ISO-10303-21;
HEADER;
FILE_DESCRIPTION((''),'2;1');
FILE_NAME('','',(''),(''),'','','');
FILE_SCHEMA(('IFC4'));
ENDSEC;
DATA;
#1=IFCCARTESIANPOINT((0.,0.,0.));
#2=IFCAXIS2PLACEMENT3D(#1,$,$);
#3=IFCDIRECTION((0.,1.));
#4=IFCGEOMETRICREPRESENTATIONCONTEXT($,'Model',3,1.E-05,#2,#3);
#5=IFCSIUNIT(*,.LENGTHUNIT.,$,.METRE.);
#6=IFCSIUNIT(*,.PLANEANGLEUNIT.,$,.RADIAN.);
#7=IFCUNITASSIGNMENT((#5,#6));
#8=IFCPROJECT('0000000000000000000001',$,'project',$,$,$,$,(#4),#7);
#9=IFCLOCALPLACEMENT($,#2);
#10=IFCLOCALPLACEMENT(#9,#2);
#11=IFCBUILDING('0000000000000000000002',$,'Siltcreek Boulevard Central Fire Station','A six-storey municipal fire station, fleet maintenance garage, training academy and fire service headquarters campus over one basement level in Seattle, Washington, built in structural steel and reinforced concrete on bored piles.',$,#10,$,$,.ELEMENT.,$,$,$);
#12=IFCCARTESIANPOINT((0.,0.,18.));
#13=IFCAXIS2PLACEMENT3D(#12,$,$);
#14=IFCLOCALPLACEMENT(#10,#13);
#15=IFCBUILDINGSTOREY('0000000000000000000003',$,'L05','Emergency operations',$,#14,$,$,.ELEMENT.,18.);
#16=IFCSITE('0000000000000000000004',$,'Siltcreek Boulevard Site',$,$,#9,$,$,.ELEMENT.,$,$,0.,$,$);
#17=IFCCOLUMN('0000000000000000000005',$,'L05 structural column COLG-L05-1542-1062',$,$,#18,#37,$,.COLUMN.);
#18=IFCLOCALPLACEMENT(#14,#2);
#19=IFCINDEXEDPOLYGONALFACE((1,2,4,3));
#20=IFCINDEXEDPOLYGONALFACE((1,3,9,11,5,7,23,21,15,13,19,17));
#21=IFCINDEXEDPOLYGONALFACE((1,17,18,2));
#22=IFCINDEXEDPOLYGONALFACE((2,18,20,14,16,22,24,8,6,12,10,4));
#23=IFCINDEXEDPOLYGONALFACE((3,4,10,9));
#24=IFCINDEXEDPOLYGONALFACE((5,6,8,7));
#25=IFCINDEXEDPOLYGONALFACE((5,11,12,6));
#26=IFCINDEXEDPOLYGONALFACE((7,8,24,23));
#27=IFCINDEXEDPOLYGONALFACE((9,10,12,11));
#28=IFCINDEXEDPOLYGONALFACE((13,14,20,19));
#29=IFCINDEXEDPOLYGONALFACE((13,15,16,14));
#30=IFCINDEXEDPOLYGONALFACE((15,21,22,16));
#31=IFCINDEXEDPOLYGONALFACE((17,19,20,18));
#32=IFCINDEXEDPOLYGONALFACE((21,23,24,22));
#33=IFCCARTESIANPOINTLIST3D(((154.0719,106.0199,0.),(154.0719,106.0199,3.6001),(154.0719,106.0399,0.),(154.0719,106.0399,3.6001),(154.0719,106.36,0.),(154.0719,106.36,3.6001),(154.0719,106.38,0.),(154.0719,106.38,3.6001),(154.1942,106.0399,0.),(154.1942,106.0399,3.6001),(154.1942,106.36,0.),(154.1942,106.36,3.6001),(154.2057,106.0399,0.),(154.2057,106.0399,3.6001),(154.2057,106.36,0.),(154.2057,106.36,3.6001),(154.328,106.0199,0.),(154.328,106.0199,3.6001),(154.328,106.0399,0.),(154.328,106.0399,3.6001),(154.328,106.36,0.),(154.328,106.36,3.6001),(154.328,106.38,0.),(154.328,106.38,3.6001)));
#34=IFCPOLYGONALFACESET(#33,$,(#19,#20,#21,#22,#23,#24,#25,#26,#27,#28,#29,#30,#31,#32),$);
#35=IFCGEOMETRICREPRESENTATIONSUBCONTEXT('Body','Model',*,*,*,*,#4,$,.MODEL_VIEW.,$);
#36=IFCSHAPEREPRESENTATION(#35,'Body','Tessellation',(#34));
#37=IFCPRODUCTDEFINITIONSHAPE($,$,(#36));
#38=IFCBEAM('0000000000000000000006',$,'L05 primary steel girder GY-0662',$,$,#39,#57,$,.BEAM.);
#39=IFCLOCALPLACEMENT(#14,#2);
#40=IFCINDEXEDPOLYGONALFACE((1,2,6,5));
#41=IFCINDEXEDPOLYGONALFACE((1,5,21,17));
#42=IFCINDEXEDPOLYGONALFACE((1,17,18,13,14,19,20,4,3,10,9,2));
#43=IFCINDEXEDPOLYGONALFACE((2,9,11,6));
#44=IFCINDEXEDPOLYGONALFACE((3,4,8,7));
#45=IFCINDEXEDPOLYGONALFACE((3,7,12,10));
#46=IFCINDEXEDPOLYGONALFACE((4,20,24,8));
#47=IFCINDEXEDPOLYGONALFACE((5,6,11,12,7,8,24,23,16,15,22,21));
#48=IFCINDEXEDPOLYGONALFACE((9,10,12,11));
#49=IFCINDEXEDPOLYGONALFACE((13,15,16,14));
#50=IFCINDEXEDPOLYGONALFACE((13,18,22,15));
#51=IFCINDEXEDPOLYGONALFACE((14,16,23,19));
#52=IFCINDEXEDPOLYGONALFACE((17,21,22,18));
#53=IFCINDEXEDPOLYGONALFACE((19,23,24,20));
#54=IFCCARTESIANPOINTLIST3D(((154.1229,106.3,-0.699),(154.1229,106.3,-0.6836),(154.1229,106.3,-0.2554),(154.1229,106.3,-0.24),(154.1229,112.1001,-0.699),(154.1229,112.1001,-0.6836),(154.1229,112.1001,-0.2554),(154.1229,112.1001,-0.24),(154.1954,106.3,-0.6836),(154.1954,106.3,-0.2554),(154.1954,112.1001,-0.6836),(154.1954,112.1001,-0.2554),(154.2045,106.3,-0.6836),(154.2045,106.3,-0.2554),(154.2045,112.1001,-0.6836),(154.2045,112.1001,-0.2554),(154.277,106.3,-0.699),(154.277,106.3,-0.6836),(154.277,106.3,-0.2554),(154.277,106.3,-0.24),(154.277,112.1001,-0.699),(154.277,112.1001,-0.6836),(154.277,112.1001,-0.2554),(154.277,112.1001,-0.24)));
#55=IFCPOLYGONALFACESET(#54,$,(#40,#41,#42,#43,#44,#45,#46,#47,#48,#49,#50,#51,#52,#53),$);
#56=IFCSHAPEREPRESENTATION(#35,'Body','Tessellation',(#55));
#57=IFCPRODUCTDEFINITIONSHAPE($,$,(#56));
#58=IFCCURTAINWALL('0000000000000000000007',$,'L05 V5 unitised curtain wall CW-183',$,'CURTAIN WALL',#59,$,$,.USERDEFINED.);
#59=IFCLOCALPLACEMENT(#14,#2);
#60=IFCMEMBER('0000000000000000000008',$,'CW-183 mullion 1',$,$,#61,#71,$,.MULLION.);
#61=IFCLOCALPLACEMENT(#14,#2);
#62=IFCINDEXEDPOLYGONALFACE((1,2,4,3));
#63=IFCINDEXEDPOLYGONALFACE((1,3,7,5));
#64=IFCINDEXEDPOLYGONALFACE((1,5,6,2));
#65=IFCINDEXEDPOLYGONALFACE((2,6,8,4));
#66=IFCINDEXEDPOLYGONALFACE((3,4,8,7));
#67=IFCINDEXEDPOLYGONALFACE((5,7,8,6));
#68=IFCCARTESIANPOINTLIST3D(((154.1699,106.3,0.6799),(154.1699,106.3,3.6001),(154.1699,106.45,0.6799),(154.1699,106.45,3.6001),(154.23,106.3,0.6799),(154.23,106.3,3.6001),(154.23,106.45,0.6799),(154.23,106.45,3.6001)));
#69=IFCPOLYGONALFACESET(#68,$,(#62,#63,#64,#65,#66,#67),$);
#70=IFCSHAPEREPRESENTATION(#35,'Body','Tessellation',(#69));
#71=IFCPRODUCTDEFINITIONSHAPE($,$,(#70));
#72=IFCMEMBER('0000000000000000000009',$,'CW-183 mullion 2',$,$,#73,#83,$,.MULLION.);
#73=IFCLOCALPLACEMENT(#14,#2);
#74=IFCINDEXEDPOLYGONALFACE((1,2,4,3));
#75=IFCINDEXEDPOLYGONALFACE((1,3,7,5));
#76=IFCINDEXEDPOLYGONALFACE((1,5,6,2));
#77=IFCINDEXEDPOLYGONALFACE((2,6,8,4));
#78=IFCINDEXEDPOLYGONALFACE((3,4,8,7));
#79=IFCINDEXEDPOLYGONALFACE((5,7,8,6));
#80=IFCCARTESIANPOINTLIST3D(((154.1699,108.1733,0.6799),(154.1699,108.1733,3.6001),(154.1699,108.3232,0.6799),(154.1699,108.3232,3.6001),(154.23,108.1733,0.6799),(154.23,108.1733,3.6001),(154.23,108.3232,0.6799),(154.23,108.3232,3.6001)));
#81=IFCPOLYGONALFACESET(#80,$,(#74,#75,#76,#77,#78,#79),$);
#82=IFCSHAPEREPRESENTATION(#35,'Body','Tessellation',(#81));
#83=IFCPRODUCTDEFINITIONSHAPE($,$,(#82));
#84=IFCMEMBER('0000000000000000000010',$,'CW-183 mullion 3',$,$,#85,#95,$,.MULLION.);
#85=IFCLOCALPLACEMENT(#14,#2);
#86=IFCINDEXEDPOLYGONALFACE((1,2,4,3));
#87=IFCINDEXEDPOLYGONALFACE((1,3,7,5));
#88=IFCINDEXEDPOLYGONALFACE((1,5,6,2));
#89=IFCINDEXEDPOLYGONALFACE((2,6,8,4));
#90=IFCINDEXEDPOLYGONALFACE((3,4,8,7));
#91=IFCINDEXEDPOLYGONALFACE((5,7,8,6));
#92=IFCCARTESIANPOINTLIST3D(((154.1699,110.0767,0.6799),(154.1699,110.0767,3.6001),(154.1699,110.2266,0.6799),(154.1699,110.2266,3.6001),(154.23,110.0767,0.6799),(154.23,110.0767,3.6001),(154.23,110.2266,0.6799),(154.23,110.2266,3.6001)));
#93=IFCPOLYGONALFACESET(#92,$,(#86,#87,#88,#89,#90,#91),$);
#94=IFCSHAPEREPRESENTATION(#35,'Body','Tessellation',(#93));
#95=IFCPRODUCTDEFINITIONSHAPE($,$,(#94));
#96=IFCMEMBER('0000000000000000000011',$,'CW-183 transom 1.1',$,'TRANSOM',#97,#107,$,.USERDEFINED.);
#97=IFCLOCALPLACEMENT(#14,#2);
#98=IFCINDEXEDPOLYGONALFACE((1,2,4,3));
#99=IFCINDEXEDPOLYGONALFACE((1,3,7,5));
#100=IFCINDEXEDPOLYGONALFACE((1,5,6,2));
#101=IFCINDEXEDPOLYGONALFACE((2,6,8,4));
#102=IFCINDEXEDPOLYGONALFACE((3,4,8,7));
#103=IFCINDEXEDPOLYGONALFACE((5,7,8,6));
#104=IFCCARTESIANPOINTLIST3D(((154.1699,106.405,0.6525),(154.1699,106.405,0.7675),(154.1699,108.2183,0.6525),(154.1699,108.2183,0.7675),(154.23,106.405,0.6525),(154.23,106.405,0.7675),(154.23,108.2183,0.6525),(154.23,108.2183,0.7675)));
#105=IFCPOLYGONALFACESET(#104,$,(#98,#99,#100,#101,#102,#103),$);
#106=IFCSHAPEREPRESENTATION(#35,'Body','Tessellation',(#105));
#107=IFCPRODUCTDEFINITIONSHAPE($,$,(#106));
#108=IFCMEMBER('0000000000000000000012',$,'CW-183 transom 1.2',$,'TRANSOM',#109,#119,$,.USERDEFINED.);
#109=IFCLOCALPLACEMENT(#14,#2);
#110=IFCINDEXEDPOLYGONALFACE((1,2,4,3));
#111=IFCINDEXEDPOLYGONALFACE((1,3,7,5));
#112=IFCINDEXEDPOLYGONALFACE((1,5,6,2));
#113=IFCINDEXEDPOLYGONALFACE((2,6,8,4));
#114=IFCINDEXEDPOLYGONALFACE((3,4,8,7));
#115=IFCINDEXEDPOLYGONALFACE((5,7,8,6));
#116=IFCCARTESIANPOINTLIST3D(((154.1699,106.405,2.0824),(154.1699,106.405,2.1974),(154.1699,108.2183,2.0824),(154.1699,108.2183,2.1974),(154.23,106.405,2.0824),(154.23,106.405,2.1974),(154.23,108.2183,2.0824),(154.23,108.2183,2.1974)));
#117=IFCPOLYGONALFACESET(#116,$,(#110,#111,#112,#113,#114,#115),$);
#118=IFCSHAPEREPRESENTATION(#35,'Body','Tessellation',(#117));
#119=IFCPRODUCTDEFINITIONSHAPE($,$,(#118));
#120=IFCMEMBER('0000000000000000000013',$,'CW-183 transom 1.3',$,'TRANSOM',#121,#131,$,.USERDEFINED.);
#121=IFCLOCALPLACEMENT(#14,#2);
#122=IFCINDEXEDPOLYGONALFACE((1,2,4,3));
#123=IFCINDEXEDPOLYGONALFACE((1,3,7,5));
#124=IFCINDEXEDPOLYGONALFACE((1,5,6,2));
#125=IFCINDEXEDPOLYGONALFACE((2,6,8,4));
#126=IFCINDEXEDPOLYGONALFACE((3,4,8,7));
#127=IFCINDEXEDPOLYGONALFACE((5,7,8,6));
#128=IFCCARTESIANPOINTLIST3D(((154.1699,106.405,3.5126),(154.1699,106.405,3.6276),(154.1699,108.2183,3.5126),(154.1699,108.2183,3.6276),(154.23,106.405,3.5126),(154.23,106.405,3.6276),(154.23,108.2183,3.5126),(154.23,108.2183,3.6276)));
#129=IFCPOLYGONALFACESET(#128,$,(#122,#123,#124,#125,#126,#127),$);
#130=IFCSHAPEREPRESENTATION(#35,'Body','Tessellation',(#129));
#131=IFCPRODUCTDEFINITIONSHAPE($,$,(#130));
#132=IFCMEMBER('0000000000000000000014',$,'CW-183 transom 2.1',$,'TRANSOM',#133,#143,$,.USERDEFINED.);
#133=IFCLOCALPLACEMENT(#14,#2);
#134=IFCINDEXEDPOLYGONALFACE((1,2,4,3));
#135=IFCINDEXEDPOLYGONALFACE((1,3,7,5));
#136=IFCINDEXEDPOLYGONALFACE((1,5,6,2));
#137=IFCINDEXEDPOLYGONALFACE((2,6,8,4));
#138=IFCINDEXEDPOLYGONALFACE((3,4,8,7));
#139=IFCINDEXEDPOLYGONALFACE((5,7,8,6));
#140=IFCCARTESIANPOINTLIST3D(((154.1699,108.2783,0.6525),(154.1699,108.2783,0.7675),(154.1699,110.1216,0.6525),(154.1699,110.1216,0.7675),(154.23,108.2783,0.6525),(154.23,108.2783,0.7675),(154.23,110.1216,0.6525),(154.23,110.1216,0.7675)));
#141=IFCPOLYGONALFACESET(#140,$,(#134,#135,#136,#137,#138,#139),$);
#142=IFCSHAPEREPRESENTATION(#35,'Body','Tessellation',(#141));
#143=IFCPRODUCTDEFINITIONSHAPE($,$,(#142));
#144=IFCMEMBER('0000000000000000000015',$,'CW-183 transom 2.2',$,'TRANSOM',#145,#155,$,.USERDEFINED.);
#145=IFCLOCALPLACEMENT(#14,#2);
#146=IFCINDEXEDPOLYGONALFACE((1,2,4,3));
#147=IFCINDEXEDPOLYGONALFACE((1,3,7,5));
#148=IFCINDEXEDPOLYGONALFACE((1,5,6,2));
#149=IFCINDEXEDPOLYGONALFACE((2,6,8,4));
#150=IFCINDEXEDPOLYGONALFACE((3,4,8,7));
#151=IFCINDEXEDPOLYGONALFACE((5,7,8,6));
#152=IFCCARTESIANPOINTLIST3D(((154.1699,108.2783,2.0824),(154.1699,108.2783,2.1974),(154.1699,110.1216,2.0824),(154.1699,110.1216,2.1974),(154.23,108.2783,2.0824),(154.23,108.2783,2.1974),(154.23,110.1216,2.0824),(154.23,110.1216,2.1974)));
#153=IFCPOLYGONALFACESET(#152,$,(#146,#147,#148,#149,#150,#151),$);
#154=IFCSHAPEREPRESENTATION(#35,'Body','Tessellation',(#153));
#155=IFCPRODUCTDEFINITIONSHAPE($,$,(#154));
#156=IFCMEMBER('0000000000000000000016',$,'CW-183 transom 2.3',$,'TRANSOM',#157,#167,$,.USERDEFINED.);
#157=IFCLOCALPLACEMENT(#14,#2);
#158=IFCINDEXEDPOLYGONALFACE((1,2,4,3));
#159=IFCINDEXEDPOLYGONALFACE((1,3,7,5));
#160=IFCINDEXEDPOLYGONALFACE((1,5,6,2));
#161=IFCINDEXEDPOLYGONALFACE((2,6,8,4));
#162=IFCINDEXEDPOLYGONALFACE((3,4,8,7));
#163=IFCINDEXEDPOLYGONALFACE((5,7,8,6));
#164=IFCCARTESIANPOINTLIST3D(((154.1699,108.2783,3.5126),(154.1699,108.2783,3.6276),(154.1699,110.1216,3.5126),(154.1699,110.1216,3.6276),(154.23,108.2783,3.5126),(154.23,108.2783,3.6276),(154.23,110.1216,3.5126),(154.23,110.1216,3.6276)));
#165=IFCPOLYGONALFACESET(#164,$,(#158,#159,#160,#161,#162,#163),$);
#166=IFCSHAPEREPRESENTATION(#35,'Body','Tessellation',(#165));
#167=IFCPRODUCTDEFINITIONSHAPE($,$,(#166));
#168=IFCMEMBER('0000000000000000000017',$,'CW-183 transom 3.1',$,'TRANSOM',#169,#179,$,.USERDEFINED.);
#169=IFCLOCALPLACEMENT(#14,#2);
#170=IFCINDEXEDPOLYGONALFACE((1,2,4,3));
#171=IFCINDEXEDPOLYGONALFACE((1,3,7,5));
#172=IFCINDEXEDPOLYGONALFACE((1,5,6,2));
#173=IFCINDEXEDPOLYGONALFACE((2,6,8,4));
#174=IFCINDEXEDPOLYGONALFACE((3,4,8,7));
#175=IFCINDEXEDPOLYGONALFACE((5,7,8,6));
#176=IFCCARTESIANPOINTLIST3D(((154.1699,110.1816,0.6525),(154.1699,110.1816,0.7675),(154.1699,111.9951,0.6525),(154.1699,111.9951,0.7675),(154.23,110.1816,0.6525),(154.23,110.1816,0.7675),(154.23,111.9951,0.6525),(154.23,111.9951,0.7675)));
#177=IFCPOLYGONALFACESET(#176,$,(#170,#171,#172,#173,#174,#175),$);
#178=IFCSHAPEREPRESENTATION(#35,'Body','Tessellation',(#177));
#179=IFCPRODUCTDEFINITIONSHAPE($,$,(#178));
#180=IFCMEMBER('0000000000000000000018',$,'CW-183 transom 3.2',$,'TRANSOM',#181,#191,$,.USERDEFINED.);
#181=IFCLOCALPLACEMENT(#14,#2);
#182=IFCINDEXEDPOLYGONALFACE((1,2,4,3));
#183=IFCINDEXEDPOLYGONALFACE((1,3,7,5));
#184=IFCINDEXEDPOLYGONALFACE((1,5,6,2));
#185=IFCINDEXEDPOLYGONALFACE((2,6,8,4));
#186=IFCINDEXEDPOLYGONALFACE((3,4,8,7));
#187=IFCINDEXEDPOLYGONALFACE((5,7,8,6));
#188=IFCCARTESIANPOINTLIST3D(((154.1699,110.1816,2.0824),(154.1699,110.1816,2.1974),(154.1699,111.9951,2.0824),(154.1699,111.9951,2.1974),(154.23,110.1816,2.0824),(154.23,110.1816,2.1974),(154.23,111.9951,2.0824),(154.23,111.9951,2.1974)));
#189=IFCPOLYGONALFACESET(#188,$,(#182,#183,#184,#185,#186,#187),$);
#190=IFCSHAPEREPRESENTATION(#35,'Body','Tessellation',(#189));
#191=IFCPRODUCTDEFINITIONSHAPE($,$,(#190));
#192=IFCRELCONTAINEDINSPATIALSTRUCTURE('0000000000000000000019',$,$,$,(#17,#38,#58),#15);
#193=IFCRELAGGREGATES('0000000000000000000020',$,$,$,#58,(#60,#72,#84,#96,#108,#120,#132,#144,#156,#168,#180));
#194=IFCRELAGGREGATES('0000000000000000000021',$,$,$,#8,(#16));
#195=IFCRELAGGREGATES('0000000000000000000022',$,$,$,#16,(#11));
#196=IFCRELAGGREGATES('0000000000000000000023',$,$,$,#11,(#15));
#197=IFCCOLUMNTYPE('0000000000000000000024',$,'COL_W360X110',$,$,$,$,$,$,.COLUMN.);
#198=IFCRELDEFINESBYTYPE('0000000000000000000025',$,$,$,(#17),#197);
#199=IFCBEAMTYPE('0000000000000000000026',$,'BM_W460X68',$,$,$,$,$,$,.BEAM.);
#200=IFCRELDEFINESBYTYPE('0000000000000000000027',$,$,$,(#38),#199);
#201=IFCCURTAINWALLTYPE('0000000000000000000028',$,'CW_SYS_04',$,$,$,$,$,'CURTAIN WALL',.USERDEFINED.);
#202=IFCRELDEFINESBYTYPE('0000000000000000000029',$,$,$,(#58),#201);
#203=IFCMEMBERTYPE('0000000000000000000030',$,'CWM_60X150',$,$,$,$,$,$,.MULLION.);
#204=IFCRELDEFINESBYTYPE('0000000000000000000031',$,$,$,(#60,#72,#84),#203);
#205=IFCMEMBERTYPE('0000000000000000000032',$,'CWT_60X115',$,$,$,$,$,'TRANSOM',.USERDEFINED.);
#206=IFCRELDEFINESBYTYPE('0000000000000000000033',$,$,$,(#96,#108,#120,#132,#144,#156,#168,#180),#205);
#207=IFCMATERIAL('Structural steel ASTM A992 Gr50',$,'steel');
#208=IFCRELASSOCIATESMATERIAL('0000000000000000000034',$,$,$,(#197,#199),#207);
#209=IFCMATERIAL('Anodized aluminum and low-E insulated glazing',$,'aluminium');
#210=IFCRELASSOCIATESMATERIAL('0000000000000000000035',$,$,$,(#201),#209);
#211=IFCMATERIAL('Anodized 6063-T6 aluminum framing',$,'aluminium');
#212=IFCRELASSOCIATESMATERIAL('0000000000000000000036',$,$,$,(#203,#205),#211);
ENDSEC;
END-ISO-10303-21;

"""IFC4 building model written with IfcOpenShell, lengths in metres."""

from ifc_helpers import new_model, si_unit, direction, frame, origin, origin_2d, place, context, subcontext, project, spatial, rectangle, i_section, extrude, material, material_profile, profile_set, type_object, element, aggregate, save


model = new_model("IFC4")

# Units and contexts
model_context = context("Model", 3, precision=1e-05, world=origin(), true_north=direction((0.0, 1.0)))
body_context = subcontext(model_context, "Body", "Model", "MODEL_VIEW")
ifc_project = project(units=[si_unit("LENGTHUNIT", "METRE"), si_unit("PLANEANGLEUNIT", "RADIAN")], contexts=[model_context])

# Site, building, storey
site_placement = place(None, origin())
site = spatial("IfcSite", under=ifc_project, at=site_placement, Name="Siltcreek Boulevard Site", CompositionType="ELEMENT", RefElevation=0.0)
building_placement = place(site_placement, origin())
building = spatial("IfcBuilding", under=site, at=building_placement, Name="Siltcreek Boulevard Central Fire Station", Description="A six-storey municipal fire station, fleet maintenance garage, training academy and fire service headquarters campus over one basement level in Seattle, Washington, built in structural steel and reinforced concrete on bored piles.", CompositionType="ELEMENT")
storey_placement = place(building_placement, frame((0.0, 0.0, 18.0)))
storey = spatial("IfcBuildingStorey", under=building, at=storey_placement, Name="L05", Description="Emergency operations", CompositionType="ELEMENT", Elevation=18.0)

# Column
ifc_material_1 = material(Name="Structural steel ASTM A992 Gr50", Category="steel")
ifc_material_profile_1 = material_profile(ifc_material_1, i_section(OverallWidth=0.2561, OverallDepth=0.3601, WebThickness=0.0115, FlangeThickness=0.02, at=origin_2d()), Name="W360X110")
ifc_profile_set_1 = profile_set([ifc_material_profile_1], Name="Structural steel ASTM A992 Gr50")
column_type = type_object("IfcColumnType", Name="COL_W360X110", PredefinedType="COLUMN", material=ifc_profile_set_1)
column_placement = place(storey_placement, frame((154.2, 106.2, 0.0), z_axis=(0.0, 0.0, 1.0), x_axis=(1.0, 0.0, 0.0)))
element("IfcColumn", 1, at=column_placement, inside=storey, type_object=column_type, Name="L05 structural column COLG-L05-1542-1062", PredefinedType="COLUMN", context=body_context, shape_type="SweptSolid", body=[
    extrude(i_section(OverallWidth=0.2561, OverallDepth=0.3601, WebThickness=0.0115, FlangeThickness=0.02, at=origin_2d()), origin(), (0.0, 0.0, 1.0), 3.6001),
])

# Beam
ifc_material_profile_2 = material_profile(ifc_material_1, i_section(OverallWidth=0.1541, OverallDepth=0.459, WebThickness=0.009, FlangeThickness=0.0154, at=origin_2d()), Name="W460X68")
ifc_profile_set_2 = profile_set([ifc_material_profile_2], Name="Structural steel ASTM A992 Gr50")
beam_type_1 = type_object("IfcBeamType", Name="BM_W460X68", PredefinedType="BEAM", material=ifc_profile_set_2)
beam_1_placement = place(storey_placement, frame((154.2, 106.3, -0.4695), z_axis=(0.0, 1.0, 0.0), x_axis=(-1.0, 0.0, 0.0)))
element("IfcBeam", 2, at=beam_1_placement, inside=storey, type_object=beam_type_1, Name="L05 primary steel girder GY-0662", PredefinedType="BEAM", context=body_context, shape_type="SweptSolid", body=[
    extrude(i_section(OverallWidth=0.1541, OverallDepth=0.459, WebThickness=0.009, FlangeThickness=0.0154, at=origin_2d()), origin(), (0.0, 0.0, 1.0), 5.8),
])

# Curtain wall, members
ifc_material_2 = material(Name="Anodized aluminum and low-E insulated glazing", Category="aluminium")
curtain_wall_type = type_object("IfcCurtainWallType", Name="CW_SYS_04", ElementType="CURTAIN WALL", PredefinedType="USERDEFINED", material=ifc_material_2)
curtain_wall_placement = place(storey_placement, origin())
curtain_wall = element("IfcCurtainWall", 3, at=curtain_wall_placement, inside=storey, type_object=curtain_wall_type, Name="L05 V5 unitised curtain wall CW-183", ObjectType="CURTAIN WALL", PredefinedType="USERDEFINED")
ifc_material_3 = material(Name="Anodized 6063-T6 aluminum framing", Category="aluminium")
ifc_material_profile_3 = material_profile(ifc_material_3, rectangle(XDim=0.0601, YDim=0.1499, at=origin_2d()), Name="MULL60X150")
ifc_profile_set_3 = profile_set([ifc_material_profile_3], Name="Anodized 6063-T6 aluminum framing")
member_type_1 = type_object("IfcMemberType", Name="CWM_60X150", PredefinedType="MULLION", material=ifc_profile_set_3)
member_1_placement = place(storey_placement, frame((154.2, 106.375, 0.6799), z_axis=(0.0, 0.0, 1.0), x_axis=(-1.0, 0.0, 0.0)))
member_1 = element("IfcMember", 4, at=member_1_placement, type_object=member_type_1, Name="CW-183 mullion 1", PredefinedType="MULLION", context=body_context, shape_type="SweptSolid", body=[
    extrude(rectangle(XDim=0.0601, YDim=0.1499, at=origin_2d()), origin(), (0.0, 0.0, 1.0), 2.9202),
])
member_2_placement = place(storey_placement, frame((154.2, 108.2483, 0.6799), z_axis=(0.0, 0.0, 1.0), x_axis=(-1.0, 0.0, 0.0)))
member_2 = element("IfcMember", 5, at=member_2_placement, type_object=member_type_1, Name="CW-183 mullion 2", PredefinedType="MULLION", context=body_context, shape_type="SweptSolid", body=[
    extrude(rectangle(XDim=0.0601, YDim=0.1499, at=origin_2d()), origin(), (0.0, 0.0, 1.0), 2.9202),
])
member_3_placement = place(storey_placement, frame((154.2, 110.1516, 0.6799), z_axis=(0.0, 0.0, 1.0), x_axis=(-1.0, 0.0, 0.0)))
member_3 = element("IfcMember", 6, at=member_3_placement, type_object=member_type_1, Name="CW-183 mullion 3", PredefinedType="MULLION", context=body_context, shape_type="SweptSolid", body=[
    extrude(rectangle(XDim=0.0601, YDim=0.1499, at=origin_2d()), origin(), (0.0, 0.0, 1.0), 2.9202),
])
ifc_material_profile_4 = material_profile(ifc_material_3, rectangle(XDim=0.0601, YDim=0.115, at=origin_2d()), Name="TRAN60X115")
ifc_profile_set_4 = profile_set([ifc_material_profile_4], Name="Anodized 6063-T6 aluminum framing")
member_type_2 = type_object("IfcMemberType", Name="CWT_60X115", ElementType="TRANSOM", PredefinedType="USERDEFINED", material=ifc_profile_set_4)
member_4_placement = place(storey_placement, frame((154.2, 106.405, 0.71), z_axis=(0.0, 1.0, 0.0), x_axis=(-1.0, 0.0, 0.0)))
member_4 = element("IfcMember", 7, at=member_4_placement, type_object=member_type_2, Name="CW-183 transom 1.1", ObjectType="TRANSOM", PredefinedType="USERDEFINED", context=body_context, shape_type="SweptSolid", body=[
    extrude(rectangle(XDim=0.0601, YDim=0.115, at=origin_2d()), origin(), (0.0, 0.0, 1.0), 1.8132),
])
member_5_placement = place(storey_placement, frame((154.2, 106.405, 2.1399), z_axis=(0.0, 1.0, 0.0), x_axis=(-1.0, 0.0, 0.0)))
member_5 = element("IfcMember", 8, at=member_5_placement, type_object=member_type_2, Name="CW-183 transom 1.2", ObjectType="TRANSOM", PredefinedType="USERDEFINED", context=body_context, shape_type="SweptSolid", body=[
    extrude(rectangle(XDim=0.0601, YDim=0.115, at=origin_2d()), origin(), (0.0, 0.0, 1.0), 1.8132),
])
member_6_placement = place(storey_placement, frame((154.2, 106.405, 3.5701), z_axis=(0.0, 1.0, 0.0), x_axis=(-1.0, 0.0, 0.0)))
member_6 = element("IfcMember", 9, at=member_6_placement, type_object=member_type_2, Name="CW-183 transom 1.3", ObjectType="TRANSOM", PredefinedType="USERDEFINED", context=body_context, shape_type="SweptSolid", body=[
    extrude(rectangle(XDim=0.0601, YDim=0.115, at=origin_2d()), origin(), (0.0, 0.0, 1.0), 1.8132),
])
member_7_placement = place(storey_placement, frame((154.2, 108.2783, 0.71), z_axis=(0.0, 1.0, 0.0), x_axis=(-1.0, 0.0, 0.0)))
member_7 = element("IfcMember", 10, at=member_7_placement, type_object=member_type_2, Name="CW-183 transom 2.1", ObjectType="TRANSOM", PredefinedType="USERDEFINED", context=body_context, shape_type="SweptSolid", body=[
    extrude(rectangle(XDim=0.0601, YDim=0.115, at=origin_2d()), origin(), (0.0, 0.0, 1.0), 1.8433),
])
member_8_placement = place(storey_placement, frame((154.2, 108.2783, 2.1399), z_axis=(0.0, 1.0, 0.0), x_axis=(-1.0, 0.0, 0.0)))
member_8 = element("IfcMember", 11, at=member_8_placement, type_object=member_type_2, Name="CW-183 transom 2.2", ObjectType="TRANSOM", PredefinedType="USERDEFINED", context=body_context, shape_type="SweptSolid", body=[
    extrude(rectangle(XDim=0.0601, YDim=0.115, at=origin_2d()), origin(), (0.0, 0.0, 1.0), 1.8433),
])
member_9_placement = place(storey_placement, frame((154.2, 108.2783, 3.5701), z_axis=(0.0, 1.0, 0.0), x_axis=(-1.0, 0.0, 0.0)))
member_9 = element("IfcMember", 12, at=member_9_placement, type_object=member_type_2, Name="CW-183 transom 2.3", ObjectType="TRANSOM", PredefinedType="USERDEFINED", context=body_context, shape_type="SweptSolid", body=[
    extrude(rectangle(XDim=0.0601, YDim=0.115, at=origin_2d()), origin(), (0.0, 0.0, 1.0), 1.8433),
])
member_10_placement = place(storey_placement, frame((154.2, 110.1816, 0.71), z_axis=(0.0, 1.0, 0.0), x_axis=(-1.0, 0.0, 0.0)))
member_10 = element("IfcMember", 13, at=member_10_placement, type_object=member_type_2, Name="CW-183 transom 3.1", ObjectType="TRANSOM", PredefinedType="USERDEFINED", context=body_context, shape_type="SweptSolid", body=[
    extrude(rectangle(XDim=0.0601, YDim=0.115, at=origin_2d()), origin(), (0.0, 0.0, 1.0), 1.8135),
])
member_11_placement = place(storey_placement, frame((154.2, 110.1816, 2.1399), z_axis=(0.0, 1.0, 0.0), x_axis=(-1.0, 0.0, 0.0)))
member_11 = element("IfcMember", 14, at=member_11_placement, type_object=member_type_2, Name="CW-183 transom 3.2", ObjectType="TRANSOM", PredefinedType="USERDEFINED", context=body_context, shape_type="SweptSolid", body=[
    extrude(rectangle(XDim=0.0601, YDim=0.115, at=origin_2d()), origin(), (0.0, 0.0, 1.0), 1.8135),
])

aggregate(curtain_wall, [member_1, member_2, member_3, member_4, member_5, member_6, member_7, member_8, member_9, member_10, member_11])

save(model, "model.ifc")
